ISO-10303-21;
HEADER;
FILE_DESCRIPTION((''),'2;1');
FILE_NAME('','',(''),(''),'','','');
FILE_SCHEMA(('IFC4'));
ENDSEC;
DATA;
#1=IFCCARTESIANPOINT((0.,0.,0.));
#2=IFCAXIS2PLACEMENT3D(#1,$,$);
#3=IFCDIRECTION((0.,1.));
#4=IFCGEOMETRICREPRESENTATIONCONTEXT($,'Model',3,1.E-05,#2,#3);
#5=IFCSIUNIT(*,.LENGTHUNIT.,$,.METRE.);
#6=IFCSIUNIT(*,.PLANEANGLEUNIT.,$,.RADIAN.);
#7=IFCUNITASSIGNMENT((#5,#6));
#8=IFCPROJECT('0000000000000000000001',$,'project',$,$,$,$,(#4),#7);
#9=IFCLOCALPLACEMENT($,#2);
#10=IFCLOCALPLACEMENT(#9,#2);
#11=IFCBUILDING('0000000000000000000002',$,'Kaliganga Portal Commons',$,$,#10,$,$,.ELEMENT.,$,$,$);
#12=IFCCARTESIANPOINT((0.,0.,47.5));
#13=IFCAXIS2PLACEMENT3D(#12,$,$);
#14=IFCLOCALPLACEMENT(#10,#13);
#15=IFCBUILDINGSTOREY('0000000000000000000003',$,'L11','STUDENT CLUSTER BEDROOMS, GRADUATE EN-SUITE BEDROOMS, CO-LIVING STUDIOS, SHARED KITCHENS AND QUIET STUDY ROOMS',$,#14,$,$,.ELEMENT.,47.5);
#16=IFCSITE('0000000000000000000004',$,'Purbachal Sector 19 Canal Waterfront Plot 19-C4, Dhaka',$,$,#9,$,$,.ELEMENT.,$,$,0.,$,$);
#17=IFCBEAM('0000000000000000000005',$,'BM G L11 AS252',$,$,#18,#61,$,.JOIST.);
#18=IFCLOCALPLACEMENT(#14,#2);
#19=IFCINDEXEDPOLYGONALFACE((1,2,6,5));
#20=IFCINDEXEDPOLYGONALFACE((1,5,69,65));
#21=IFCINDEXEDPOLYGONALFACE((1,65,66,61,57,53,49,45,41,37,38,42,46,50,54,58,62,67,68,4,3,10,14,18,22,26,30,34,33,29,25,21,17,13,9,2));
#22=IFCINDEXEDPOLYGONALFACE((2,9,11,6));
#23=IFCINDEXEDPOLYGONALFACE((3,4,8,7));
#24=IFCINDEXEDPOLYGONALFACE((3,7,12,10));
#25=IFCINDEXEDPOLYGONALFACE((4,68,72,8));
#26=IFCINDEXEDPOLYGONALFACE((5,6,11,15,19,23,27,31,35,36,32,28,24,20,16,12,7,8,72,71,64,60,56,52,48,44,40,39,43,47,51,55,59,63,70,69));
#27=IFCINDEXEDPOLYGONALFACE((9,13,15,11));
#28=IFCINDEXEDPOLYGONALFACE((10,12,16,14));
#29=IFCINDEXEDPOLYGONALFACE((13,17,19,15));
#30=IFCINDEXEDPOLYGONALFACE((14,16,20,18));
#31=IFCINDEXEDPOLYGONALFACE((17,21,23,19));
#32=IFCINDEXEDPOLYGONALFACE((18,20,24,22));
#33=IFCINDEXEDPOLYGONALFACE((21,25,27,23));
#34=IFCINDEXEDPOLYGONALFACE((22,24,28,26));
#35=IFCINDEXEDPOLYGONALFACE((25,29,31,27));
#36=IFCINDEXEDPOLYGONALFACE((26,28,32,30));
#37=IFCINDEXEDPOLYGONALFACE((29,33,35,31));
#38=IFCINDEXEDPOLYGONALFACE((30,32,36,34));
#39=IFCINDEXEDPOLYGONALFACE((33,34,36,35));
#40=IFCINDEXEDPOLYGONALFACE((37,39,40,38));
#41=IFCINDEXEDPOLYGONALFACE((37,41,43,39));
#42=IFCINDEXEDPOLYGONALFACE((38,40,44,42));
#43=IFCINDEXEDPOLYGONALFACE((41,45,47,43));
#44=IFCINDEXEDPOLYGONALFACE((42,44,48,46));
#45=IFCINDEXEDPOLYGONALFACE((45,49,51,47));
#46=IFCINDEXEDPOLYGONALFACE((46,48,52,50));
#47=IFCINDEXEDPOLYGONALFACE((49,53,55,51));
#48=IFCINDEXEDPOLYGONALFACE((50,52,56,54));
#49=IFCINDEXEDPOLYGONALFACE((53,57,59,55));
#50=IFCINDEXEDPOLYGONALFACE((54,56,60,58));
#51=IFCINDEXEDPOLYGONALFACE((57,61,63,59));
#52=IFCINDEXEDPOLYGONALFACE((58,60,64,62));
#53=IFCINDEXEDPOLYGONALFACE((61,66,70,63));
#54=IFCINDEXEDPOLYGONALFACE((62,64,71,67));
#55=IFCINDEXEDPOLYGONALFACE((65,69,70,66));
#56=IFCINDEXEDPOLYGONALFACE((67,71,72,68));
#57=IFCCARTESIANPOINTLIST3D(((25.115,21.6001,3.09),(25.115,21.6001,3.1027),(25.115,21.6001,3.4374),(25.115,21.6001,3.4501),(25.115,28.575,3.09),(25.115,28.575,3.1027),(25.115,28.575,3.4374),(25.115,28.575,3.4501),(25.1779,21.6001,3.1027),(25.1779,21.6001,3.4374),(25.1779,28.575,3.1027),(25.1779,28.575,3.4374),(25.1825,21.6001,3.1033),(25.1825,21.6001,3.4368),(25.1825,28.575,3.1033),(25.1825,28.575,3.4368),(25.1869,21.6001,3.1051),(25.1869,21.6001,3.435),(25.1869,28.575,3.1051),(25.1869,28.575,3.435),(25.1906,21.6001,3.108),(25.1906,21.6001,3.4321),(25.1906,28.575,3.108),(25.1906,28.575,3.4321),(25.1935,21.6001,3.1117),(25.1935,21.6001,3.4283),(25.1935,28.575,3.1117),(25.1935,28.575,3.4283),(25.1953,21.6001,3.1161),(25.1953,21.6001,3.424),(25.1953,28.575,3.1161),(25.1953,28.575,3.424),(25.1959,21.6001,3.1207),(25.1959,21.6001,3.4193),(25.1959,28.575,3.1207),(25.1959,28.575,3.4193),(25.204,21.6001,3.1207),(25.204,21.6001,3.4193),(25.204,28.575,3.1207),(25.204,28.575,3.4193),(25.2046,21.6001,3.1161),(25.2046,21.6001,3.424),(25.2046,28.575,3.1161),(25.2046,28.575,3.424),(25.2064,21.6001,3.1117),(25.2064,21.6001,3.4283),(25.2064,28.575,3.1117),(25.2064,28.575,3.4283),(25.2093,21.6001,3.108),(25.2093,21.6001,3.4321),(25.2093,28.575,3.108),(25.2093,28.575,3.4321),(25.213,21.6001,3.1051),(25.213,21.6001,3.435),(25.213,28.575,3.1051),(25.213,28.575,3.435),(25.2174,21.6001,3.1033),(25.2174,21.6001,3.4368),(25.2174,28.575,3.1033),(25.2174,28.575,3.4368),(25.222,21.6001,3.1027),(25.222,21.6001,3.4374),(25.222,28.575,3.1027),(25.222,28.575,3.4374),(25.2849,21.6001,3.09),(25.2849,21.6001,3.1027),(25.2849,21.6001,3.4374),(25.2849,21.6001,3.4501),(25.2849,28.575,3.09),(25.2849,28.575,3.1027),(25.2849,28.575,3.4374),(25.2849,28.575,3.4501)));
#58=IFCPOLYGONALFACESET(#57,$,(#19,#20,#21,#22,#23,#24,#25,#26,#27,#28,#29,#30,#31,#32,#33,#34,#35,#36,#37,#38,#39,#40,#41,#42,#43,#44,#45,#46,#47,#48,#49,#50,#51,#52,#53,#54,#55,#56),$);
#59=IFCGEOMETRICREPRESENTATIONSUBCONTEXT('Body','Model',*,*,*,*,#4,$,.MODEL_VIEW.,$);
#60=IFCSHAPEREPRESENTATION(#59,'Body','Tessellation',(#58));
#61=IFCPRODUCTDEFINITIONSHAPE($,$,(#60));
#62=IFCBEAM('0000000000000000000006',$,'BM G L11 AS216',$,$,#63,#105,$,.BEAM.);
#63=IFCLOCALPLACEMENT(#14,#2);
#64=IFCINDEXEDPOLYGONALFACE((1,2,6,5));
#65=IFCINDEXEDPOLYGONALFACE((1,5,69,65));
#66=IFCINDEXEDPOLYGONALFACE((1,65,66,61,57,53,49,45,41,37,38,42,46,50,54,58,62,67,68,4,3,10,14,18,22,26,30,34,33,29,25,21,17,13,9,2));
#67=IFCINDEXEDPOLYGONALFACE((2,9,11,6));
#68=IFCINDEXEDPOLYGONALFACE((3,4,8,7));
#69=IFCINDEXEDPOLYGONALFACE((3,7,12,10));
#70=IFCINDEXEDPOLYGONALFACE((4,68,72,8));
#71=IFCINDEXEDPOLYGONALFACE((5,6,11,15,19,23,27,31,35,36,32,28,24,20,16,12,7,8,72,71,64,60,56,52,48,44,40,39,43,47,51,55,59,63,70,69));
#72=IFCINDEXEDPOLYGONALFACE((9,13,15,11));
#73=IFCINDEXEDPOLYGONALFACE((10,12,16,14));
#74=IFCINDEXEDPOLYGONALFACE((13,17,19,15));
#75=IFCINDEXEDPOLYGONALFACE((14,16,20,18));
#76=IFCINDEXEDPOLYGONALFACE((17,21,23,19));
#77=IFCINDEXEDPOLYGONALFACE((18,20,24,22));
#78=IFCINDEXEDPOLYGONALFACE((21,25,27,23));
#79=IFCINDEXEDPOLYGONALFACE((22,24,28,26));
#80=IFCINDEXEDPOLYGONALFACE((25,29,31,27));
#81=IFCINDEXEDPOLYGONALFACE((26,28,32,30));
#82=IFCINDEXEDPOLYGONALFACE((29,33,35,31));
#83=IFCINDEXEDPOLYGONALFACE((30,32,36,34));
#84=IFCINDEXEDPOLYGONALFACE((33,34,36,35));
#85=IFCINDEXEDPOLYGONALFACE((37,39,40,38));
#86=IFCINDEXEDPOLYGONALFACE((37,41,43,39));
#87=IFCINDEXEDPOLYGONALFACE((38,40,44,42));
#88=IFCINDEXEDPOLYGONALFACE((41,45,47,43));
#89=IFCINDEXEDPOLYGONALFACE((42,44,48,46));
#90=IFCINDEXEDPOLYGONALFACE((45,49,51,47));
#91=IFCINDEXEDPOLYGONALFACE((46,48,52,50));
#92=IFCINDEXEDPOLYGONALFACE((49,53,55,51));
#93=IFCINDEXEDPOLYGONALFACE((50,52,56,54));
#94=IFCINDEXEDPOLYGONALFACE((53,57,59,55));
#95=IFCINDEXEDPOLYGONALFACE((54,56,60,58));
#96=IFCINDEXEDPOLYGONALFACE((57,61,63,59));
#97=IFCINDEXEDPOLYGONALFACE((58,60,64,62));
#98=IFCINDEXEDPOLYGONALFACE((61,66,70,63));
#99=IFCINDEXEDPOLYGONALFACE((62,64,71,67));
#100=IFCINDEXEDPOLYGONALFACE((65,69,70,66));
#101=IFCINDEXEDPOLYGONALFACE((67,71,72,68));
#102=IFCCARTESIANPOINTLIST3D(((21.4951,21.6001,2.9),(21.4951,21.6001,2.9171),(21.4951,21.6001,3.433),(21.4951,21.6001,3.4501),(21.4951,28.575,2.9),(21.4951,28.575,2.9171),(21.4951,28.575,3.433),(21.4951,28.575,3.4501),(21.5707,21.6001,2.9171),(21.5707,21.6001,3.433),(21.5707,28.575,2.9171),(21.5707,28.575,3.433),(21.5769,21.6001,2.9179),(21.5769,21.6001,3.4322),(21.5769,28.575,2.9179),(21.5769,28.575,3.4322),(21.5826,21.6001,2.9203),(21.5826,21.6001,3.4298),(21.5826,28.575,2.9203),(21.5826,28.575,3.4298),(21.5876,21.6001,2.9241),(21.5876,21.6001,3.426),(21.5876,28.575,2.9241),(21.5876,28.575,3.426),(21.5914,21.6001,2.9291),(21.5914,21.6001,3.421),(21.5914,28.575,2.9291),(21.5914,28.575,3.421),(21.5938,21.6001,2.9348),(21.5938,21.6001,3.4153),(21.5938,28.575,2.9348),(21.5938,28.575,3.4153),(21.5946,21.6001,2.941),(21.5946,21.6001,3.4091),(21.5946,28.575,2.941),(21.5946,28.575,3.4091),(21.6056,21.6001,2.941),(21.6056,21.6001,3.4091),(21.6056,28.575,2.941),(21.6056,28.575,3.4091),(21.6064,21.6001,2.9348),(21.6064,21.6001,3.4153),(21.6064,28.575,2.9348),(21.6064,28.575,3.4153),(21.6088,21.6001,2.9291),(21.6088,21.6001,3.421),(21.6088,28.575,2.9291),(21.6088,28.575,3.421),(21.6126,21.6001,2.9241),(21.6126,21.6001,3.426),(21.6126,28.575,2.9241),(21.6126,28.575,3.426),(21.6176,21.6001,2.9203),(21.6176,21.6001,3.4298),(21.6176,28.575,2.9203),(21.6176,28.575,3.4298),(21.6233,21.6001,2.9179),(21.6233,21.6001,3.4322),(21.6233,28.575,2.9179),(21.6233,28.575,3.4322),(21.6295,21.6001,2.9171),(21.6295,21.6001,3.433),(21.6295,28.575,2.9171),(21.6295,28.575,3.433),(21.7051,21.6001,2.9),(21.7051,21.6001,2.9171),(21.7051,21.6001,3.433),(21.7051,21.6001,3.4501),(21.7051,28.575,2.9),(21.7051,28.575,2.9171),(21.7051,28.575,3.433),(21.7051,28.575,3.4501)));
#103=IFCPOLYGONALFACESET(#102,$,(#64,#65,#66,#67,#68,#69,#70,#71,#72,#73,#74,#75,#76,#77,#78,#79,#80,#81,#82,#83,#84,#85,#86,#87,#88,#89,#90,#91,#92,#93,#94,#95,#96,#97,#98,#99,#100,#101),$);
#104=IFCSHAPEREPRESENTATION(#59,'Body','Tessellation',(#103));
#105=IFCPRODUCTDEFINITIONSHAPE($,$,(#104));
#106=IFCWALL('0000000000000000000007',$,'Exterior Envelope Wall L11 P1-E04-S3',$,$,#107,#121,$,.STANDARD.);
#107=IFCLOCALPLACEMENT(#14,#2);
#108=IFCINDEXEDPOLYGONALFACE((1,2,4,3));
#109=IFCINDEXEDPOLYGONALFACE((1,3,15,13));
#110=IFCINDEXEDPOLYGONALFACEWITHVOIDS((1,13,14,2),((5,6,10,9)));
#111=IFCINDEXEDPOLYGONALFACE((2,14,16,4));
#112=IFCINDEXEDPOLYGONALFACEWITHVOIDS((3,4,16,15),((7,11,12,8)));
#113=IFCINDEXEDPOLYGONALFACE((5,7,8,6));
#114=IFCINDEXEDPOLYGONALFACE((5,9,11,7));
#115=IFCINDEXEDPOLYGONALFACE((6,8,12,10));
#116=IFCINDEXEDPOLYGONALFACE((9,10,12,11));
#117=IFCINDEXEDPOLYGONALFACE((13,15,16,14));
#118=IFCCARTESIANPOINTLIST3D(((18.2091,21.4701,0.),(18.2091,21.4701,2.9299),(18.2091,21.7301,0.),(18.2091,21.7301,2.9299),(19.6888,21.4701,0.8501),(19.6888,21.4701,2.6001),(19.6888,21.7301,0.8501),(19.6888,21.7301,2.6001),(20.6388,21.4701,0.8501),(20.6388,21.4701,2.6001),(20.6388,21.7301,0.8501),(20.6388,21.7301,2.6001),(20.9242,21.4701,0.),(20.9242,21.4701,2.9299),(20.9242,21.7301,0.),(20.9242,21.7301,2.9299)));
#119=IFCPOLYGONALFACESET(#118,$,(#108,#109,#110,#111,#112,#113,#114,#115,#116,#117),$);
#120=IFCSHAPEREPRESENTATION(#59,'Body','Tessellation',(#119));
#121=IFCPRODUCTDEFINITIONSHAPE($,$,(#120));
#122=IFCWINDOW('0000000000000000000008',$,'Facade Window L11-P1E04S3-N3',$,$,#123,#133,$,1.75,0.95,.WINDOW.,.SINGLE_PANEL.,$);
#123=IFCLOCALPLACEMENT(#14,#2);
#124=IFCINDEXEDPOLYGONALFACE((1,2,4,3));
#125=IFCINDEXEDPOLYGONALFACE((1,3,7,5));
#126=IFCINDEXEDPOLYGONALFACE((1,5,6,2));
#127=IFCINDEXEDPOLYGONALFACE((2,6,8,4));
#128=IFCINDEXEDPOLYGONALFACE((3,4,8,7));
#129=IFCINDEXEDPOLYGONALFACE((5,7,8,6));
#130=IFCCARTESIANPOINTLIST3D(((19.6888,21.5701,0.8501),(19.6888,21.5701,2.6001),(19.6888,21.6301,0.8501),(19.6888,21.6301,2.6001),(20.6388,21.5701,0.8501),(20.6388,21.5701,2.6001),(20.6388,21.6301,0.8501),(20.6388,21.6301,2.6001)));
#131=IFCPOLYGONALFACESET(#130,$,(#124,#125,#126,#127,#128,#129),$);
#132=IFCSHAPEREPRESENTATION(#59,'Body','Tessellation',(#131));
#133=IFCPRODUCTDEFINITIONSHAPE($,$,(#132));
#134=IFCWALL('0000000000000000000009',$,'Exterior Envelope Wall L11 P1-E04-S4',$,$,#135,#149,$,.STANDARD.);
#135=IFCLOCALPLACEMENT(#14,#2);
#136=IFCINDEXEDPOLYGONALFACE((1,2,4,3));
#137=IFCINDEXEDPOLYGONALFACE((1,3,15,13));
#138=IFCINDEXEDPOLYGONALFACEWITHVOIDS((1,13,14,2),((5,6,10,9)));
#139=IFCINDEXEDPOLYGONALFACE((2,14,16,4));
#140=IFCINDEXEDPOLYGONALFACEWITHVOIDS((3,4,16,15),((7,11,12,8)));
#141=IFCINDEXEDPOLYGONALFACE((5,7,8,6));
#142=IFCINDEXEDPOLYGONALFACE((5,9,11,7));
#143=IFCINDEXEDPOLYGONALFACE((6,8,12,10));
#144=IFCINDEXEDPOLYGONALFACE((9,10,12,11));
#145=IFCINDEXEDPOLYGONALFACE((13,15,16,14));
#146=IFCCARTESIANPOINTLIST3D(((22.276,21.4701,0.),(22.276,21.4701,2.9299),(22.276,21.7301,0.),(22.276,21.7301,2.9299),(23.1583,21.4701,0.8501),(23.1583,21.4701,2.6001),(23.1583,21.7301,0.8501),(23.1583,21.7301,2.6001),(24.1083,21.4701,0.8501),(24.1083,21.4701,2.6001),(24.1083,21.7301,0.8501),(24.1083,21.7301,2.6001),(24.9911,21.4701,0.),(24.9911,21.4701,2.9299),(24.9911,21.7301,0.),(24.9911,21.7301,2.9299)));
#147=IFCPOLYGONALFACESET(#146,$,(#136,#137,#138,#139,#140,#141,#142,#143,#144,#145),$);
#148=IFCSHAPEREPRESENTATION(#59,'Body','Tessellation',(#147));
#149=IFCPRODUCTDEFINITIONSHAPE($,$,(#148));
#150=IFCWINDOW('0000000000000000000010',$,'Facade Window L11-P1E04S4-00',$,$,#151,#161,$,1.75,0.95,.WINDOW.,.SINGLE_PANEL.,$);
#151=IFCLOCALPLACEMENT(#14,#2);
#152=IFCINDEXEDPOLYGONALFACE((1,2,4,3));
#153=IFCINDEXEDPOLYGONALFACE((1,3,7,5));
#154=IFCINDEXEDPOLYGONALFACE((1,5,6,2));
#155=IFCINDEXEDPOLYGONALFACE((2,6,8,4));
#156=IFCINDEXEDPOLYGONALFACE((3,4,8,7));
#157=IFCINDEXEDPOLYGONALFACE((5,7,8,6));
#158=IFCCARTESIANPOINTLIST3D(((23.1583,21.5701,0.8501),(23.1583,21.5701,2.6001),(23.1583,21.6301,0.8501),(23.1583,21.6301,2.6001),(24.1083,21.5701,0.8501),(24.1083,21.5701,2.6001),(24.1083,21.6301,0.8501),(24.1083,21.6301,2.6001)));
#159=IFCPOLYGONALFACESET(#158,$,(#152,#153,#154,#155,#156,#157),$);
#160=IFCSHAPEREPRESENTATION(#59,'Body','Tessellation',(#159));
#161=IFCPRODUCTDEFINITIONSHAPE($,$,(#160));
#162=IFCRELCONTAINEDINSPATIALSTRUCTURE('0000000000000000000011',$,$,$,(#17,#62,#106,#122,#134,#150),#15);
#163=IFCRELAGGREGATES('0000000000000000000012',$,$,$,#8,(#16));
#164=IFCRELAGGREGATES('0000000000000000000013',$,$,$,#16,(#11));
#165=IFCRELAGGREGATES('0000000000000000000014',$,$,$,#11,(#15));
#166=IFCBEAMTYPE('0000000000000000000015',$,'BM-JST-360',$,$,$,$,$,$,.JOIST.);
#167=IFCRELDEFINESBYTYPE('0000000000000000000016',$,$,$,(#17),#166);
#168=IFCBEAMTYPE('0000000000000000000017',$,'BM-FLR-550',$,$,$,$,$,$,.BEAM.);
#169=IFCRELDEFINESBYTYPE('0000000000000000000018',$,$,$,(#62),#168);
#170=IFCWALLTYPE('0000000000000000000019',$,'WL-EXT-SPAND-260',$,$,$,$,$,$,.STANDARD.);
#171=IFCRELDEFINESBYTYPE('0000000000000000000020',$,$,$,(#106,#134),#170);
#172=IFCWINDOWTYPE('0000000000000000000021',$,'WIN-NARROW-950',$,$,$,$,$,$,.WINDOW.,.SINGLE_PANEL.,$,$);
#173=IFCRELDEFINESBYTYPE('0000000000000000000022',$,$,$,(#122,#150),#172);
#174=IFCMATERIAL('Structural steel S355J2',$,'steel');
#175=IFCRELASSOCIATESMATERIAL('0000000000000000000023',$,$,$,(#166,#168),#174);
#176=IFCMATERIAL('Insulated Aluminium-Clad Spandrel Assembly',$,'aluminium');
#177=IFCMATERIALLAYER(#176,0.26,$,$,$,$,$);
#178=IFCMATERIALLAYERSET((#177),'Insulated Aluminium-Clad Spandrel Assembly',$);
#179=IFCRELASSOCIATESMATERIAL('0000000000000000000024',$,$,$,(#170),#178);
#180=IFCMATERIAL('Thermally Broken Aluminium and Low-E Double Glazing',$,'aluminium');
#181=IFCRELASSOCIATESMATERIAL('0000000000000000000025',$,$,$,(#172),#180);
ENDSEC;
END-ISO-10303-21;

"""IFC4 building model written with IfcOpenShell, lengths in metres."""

from ifc_helpers import new_model, si_unit, direction, frame, frame_2d, origin, origin_2d, place, context, subcontext, project, spatial, rectangle, i_section, extrude, source, transform, mapped, material, layer, layer_set, material_profile, profile_set, type_object, element, fill, save


model = new_model("IFC4")

# Units and contexts
model_context = context("Model", 3, precision=1e-05, world=origin(), true_north=direction((0.0, 1.0)))
body_context = subcontext(model_context, "Body", "Model", "MODEL_VIEW")
ifc_project = project(units=[si_unit("LENGTHUNIT", "METRE"), si_unit("PLANEANGLEUNIT", "RADIAN")], contexts=[model_context])

# Site, building, storey
site_placement = place(None, origin())
site = spatial("IfcSite", under=ifc_project, at=site_placement, Name="Purbachal Sector 19 Canal Waterfront Plot 19-C4, Dhaka", CompositionType="ELEMENT", RefElevation=0.0)
building_placement = place(site_placement, origin())
building = spatial("IfcBuilding", under=site, at=building_placement, Name="Kaliganga Portal Commons", CompositionType="ELEMENT")
storey_placement = place(building_placement, frame((0.0, 0.0, 47.5)))
storey = spatial("IfcBuildingStorey", under=building, at=storey_placement, Name="L11", Description="STUDENT CLUSTER BEDROOMS, GRADUATE EN-SUITE BEDROOMS, CO-LIVING STUDIOS, SHARED KITCHENS AND QUIET STUDY ROOMS", CompositionType="ELEMENT", Elevation=47.5)

# Beams
ifc_material_1 = material(Name="Structural steel S355J2", Category="steel")
ifc_material_profile_1 = material_profile(ifc_material_1, i_section(OverallWidth=0.1699, OverallDepth=0.3601, WebThickness=0.0081, FlangeThickness=0.0127, FilletRadius=0.0181, at=origin_2d()), Name="IPE 360")
ifc_profile_set_1 = profile_set([ifc_material_profile_1], Name="Structural steel S355J2 wide-flange")
beam_type_1 = type_object("IfcBeamType", Name="BM-JST-360", PredefinedType="JOIST", material=ifc_profile_set_1)
shared_shape_1 = source(origin(), body_context, "Body", "SweptSolid", [
    extrude(i_section(OverallWidth=0.1699, OverallDepth=0.3601, WebThickness=0.0081, FlangeThickness=0.0127, FilletRadius=0.0181, at=origin_2d()), origin(), (0.0, 0.0, 1.0), 6.9749),
])
beam_1_placement = place(storey_placement, frame((25.2, 21.6001, 3.27), z_axis=(0.0, 1.0, 0.0), x_axis=(-1.0, 0.0, 0.0)))
element("IfcBeam", 1, at=beam_1_placement, inside=storey, type_object=beam_type_1, Name="BM G L11 AS252", PredefinedType="JOIST", context=body_context, shape_type="MappedRepresentation", body=[
    mapped(shared_shape_1, transform((0.0, 0.0, 0.0), x_axis=(1.0, 0.0, 0.0), y_axis=(0.0, 1.0, 0.0), z_axis=(0.0, 0.0, 1.0), scale=1.0)),
])
ifc_material_profile_2 = material_profile(ifc_material_1, i_section(OverallWidth=0.21, OverallDepth=0.55, WebThickness=0.011, FlangeThickness=0.0171, FilletRadius=0.0239, at=origin_2d()), Name="IPE 550")
ifc_profile_set_2 = profile_set([ifc_material_profile_2], Name="Structural steel S355J2 wide-flange")
beam_type_2 = type_object("IfcBeamType", Name="BM-FLR-550", PredefinedType="BEAM", material=ifc_profile_set_2)
shared_shape_2 = source(origin(), body_context, "Body", "SweptSolid", [
    extrude(i_section(OverallWidth=0.21, OverallDepth=0.55, WebThickness=0.011, FlangeThickness=0.0171, FilletRadius=0.0239, at=origin_2d()), origin(), (0.0, 0.0, 1.0), 6.9749),
])
beam_2_placement = place(storey_placement, frame((21.6001, 21.6001, 3.175), z_axis=(0.0, 1.0, 0.0), x_axis=(-1.0, 0.0, 0.0)))
element("IfcBeam", 2, at=beam_2_placement, inside=storey, type_object=beam_type_2, Name="BM G L11 AS216", PredefinedType="BEAM", context=body_context, shape_type="MappedRepresentation", body=[
    mapped(shared_shape_2, transform((0.0, 0.0, 0.0), x_axis=(1.0, 0.0, 0.0), y_axis=(0.0, 1.0, 0.0), z_axis=(0.0, 0.0, 1.0), scale=1.0)),
])

# Walls, openings, windows
ifc_material_2 = material(Name="Insulated Aluminium-Clad Spandrel Assembly", Category="aluminium")
ifc_layer_1 = layer(ifc_material_2, 0.26)
ifc_layer_set_1 = layer_set([ifc_layer_1], Name="Insulated Aluminium-Clad Spandrel Assembly")
wall_type_1 = type_object("IfcWallType", Name="WL-EXT-SPAND-260", PredefinedType="STANDARD", material=ifc_layer_set_1)
wall_1_placement = place(storey_placement, frame((20.9241, 21.6001, 0.0), z_axis=(0.0, 0.0, 1.0), x_axis=(-1.0, 0.0, 0.0)))
wall_1 = element("IfcWall", 3, at=wall_1_placement, inside=storey, type_object=wall_type_1, Name="Exterior Envelope Wall L11 P1-E04-S3", PredefinedType="STANDARD", context=body_context, shape_type="SweptSolid", body=[
    extrude(rectangle(XDim=2.7151, YDim=0.26, at=frame_2d((1.3574, 0.0))), origin(), (0.0, 0.0, 1.0), 2.9299),
])
opening_1_placement = place(wall_1_placement, frame((0.2852, 0.0, 0.8501)))
opening_1 = element("IfcOpeningElement", 4, at=opening_1_placement, cuts=wall_1, PredefinedType="OPENING", context=body_context, shape_type="SweptSolid", body=[
    extrude(rectangle(XDim=0.95, YDim=1.75, at=frame_2d((0.4751, 0.875))), frame((0.0, 0.1401, 0.0), z_axis=(0.0, -1.0, 0.0), x_axis=(1.0, 0.0, 0.0)), (0.0, 0.0, 1.0), 0.28),
])
ifc_material_3 = material(Name="Thermally Broken Aluminium and Low-E Double Glazing", Category="aluminium")
window_type = type_object("IfcWindowType", Name="WIN-NARROW-950", PartitioningType="SINGLE_PANEL", PredefinedType="WINDOW", material=ifc_material_3)
window_1_placement = place(opening_1_placement, origin())
window_1 = element("IfcWindow", 5, at=window_1_placement, inside=storey, type_object=window_type, Name="Facade Window L11-P1E04S3-N3", OverallHeight=1.75, OverallWidth=0.95, PartitioningType="SINGLE_PANEL", PredefinedType="WINDOW", context=body_context, shape_type="SweptSolid", body=[
    extrude(rectangle(XDim=0.95, YDim=1.75, at=frame_2d((0.4751, 0.875))), frame((0.0, 0.03, 0.0), z_axis=(0.0, -1.0, 0.0), x_axis=(1.0, 0.0, 0.0)), (0.0, 0.0, 1.0), 0.0601),
])
fill(opening_1, window_1)
wall_2_placement = place(storey_placement, frame((24.991, 21.6001, 0.0), z_axis=(0.0, 0.0, 1.0), x_axis=(-1.0, 0.0, 0.0)))
wall_2 = element("IfcWall", 6, at=wall_2_placement, inside=storey, type_object=wall_type_1, Name="Exterior Envelope Wall L11 P1-E04-S4", PredefinedType="STANDARD", context=body_context, shape_type="SweptSolid", body=[
    extrude(rectangle(XDim=2.7151, YDim=0.26, at=frame_2d((1.3574, 0.0))), origin(), (0.0, 0.0, 1.0), 2.9299),
])
opening_2_placement = place(wall_2_placement, frame((0.8826, 0.0, 0.8501)))
opening_2 = element("IfcOpeningElement", 7, at=opening_2_placement, cuts=wall_2, PredefinedType="OPENING", context=body_context, shape_type="SweptSolid", body=[
    extrude(rectangle(XDim=0.95, YDim=1.75, at=frame_2d((0.4751, 0.875))), frame((0.0, 0.1401, 0.0), z_axis=(0.0, -1.0, 0.0), x_axis=(1.0, 0.0, 0.0)), (0.0, 0.0, 1.0), 0.28),
])
window_2_placement = place(opening_2_placement, origin())
window_2 = element("IfcWindow", 8, at=window_2_placement, inside=storey, type_object=window_type, Name="Facade Window L11-P1E04S4-00", OverallHeight=1.75, OverallWidth=0.95, PartitioningType="SINGLE_PANEL", PredefinedType="WINDOW", context=body_context, shape_type="SweptSolid", body=[
    extrude(rectangle(XDim=0.95, YDim=1.75, at=frame_2d((0.4751, 0.875))), frame((0.0, 0.03, 0.0), z_axis=(0.0, -1.0, 0.0), x_axis=(1.0, 0.0, 0.0)), (0.0, 0.0, 1.0), 0.0601),
])
fill(opening_2, window_2)

save(model, "model.ifc")
